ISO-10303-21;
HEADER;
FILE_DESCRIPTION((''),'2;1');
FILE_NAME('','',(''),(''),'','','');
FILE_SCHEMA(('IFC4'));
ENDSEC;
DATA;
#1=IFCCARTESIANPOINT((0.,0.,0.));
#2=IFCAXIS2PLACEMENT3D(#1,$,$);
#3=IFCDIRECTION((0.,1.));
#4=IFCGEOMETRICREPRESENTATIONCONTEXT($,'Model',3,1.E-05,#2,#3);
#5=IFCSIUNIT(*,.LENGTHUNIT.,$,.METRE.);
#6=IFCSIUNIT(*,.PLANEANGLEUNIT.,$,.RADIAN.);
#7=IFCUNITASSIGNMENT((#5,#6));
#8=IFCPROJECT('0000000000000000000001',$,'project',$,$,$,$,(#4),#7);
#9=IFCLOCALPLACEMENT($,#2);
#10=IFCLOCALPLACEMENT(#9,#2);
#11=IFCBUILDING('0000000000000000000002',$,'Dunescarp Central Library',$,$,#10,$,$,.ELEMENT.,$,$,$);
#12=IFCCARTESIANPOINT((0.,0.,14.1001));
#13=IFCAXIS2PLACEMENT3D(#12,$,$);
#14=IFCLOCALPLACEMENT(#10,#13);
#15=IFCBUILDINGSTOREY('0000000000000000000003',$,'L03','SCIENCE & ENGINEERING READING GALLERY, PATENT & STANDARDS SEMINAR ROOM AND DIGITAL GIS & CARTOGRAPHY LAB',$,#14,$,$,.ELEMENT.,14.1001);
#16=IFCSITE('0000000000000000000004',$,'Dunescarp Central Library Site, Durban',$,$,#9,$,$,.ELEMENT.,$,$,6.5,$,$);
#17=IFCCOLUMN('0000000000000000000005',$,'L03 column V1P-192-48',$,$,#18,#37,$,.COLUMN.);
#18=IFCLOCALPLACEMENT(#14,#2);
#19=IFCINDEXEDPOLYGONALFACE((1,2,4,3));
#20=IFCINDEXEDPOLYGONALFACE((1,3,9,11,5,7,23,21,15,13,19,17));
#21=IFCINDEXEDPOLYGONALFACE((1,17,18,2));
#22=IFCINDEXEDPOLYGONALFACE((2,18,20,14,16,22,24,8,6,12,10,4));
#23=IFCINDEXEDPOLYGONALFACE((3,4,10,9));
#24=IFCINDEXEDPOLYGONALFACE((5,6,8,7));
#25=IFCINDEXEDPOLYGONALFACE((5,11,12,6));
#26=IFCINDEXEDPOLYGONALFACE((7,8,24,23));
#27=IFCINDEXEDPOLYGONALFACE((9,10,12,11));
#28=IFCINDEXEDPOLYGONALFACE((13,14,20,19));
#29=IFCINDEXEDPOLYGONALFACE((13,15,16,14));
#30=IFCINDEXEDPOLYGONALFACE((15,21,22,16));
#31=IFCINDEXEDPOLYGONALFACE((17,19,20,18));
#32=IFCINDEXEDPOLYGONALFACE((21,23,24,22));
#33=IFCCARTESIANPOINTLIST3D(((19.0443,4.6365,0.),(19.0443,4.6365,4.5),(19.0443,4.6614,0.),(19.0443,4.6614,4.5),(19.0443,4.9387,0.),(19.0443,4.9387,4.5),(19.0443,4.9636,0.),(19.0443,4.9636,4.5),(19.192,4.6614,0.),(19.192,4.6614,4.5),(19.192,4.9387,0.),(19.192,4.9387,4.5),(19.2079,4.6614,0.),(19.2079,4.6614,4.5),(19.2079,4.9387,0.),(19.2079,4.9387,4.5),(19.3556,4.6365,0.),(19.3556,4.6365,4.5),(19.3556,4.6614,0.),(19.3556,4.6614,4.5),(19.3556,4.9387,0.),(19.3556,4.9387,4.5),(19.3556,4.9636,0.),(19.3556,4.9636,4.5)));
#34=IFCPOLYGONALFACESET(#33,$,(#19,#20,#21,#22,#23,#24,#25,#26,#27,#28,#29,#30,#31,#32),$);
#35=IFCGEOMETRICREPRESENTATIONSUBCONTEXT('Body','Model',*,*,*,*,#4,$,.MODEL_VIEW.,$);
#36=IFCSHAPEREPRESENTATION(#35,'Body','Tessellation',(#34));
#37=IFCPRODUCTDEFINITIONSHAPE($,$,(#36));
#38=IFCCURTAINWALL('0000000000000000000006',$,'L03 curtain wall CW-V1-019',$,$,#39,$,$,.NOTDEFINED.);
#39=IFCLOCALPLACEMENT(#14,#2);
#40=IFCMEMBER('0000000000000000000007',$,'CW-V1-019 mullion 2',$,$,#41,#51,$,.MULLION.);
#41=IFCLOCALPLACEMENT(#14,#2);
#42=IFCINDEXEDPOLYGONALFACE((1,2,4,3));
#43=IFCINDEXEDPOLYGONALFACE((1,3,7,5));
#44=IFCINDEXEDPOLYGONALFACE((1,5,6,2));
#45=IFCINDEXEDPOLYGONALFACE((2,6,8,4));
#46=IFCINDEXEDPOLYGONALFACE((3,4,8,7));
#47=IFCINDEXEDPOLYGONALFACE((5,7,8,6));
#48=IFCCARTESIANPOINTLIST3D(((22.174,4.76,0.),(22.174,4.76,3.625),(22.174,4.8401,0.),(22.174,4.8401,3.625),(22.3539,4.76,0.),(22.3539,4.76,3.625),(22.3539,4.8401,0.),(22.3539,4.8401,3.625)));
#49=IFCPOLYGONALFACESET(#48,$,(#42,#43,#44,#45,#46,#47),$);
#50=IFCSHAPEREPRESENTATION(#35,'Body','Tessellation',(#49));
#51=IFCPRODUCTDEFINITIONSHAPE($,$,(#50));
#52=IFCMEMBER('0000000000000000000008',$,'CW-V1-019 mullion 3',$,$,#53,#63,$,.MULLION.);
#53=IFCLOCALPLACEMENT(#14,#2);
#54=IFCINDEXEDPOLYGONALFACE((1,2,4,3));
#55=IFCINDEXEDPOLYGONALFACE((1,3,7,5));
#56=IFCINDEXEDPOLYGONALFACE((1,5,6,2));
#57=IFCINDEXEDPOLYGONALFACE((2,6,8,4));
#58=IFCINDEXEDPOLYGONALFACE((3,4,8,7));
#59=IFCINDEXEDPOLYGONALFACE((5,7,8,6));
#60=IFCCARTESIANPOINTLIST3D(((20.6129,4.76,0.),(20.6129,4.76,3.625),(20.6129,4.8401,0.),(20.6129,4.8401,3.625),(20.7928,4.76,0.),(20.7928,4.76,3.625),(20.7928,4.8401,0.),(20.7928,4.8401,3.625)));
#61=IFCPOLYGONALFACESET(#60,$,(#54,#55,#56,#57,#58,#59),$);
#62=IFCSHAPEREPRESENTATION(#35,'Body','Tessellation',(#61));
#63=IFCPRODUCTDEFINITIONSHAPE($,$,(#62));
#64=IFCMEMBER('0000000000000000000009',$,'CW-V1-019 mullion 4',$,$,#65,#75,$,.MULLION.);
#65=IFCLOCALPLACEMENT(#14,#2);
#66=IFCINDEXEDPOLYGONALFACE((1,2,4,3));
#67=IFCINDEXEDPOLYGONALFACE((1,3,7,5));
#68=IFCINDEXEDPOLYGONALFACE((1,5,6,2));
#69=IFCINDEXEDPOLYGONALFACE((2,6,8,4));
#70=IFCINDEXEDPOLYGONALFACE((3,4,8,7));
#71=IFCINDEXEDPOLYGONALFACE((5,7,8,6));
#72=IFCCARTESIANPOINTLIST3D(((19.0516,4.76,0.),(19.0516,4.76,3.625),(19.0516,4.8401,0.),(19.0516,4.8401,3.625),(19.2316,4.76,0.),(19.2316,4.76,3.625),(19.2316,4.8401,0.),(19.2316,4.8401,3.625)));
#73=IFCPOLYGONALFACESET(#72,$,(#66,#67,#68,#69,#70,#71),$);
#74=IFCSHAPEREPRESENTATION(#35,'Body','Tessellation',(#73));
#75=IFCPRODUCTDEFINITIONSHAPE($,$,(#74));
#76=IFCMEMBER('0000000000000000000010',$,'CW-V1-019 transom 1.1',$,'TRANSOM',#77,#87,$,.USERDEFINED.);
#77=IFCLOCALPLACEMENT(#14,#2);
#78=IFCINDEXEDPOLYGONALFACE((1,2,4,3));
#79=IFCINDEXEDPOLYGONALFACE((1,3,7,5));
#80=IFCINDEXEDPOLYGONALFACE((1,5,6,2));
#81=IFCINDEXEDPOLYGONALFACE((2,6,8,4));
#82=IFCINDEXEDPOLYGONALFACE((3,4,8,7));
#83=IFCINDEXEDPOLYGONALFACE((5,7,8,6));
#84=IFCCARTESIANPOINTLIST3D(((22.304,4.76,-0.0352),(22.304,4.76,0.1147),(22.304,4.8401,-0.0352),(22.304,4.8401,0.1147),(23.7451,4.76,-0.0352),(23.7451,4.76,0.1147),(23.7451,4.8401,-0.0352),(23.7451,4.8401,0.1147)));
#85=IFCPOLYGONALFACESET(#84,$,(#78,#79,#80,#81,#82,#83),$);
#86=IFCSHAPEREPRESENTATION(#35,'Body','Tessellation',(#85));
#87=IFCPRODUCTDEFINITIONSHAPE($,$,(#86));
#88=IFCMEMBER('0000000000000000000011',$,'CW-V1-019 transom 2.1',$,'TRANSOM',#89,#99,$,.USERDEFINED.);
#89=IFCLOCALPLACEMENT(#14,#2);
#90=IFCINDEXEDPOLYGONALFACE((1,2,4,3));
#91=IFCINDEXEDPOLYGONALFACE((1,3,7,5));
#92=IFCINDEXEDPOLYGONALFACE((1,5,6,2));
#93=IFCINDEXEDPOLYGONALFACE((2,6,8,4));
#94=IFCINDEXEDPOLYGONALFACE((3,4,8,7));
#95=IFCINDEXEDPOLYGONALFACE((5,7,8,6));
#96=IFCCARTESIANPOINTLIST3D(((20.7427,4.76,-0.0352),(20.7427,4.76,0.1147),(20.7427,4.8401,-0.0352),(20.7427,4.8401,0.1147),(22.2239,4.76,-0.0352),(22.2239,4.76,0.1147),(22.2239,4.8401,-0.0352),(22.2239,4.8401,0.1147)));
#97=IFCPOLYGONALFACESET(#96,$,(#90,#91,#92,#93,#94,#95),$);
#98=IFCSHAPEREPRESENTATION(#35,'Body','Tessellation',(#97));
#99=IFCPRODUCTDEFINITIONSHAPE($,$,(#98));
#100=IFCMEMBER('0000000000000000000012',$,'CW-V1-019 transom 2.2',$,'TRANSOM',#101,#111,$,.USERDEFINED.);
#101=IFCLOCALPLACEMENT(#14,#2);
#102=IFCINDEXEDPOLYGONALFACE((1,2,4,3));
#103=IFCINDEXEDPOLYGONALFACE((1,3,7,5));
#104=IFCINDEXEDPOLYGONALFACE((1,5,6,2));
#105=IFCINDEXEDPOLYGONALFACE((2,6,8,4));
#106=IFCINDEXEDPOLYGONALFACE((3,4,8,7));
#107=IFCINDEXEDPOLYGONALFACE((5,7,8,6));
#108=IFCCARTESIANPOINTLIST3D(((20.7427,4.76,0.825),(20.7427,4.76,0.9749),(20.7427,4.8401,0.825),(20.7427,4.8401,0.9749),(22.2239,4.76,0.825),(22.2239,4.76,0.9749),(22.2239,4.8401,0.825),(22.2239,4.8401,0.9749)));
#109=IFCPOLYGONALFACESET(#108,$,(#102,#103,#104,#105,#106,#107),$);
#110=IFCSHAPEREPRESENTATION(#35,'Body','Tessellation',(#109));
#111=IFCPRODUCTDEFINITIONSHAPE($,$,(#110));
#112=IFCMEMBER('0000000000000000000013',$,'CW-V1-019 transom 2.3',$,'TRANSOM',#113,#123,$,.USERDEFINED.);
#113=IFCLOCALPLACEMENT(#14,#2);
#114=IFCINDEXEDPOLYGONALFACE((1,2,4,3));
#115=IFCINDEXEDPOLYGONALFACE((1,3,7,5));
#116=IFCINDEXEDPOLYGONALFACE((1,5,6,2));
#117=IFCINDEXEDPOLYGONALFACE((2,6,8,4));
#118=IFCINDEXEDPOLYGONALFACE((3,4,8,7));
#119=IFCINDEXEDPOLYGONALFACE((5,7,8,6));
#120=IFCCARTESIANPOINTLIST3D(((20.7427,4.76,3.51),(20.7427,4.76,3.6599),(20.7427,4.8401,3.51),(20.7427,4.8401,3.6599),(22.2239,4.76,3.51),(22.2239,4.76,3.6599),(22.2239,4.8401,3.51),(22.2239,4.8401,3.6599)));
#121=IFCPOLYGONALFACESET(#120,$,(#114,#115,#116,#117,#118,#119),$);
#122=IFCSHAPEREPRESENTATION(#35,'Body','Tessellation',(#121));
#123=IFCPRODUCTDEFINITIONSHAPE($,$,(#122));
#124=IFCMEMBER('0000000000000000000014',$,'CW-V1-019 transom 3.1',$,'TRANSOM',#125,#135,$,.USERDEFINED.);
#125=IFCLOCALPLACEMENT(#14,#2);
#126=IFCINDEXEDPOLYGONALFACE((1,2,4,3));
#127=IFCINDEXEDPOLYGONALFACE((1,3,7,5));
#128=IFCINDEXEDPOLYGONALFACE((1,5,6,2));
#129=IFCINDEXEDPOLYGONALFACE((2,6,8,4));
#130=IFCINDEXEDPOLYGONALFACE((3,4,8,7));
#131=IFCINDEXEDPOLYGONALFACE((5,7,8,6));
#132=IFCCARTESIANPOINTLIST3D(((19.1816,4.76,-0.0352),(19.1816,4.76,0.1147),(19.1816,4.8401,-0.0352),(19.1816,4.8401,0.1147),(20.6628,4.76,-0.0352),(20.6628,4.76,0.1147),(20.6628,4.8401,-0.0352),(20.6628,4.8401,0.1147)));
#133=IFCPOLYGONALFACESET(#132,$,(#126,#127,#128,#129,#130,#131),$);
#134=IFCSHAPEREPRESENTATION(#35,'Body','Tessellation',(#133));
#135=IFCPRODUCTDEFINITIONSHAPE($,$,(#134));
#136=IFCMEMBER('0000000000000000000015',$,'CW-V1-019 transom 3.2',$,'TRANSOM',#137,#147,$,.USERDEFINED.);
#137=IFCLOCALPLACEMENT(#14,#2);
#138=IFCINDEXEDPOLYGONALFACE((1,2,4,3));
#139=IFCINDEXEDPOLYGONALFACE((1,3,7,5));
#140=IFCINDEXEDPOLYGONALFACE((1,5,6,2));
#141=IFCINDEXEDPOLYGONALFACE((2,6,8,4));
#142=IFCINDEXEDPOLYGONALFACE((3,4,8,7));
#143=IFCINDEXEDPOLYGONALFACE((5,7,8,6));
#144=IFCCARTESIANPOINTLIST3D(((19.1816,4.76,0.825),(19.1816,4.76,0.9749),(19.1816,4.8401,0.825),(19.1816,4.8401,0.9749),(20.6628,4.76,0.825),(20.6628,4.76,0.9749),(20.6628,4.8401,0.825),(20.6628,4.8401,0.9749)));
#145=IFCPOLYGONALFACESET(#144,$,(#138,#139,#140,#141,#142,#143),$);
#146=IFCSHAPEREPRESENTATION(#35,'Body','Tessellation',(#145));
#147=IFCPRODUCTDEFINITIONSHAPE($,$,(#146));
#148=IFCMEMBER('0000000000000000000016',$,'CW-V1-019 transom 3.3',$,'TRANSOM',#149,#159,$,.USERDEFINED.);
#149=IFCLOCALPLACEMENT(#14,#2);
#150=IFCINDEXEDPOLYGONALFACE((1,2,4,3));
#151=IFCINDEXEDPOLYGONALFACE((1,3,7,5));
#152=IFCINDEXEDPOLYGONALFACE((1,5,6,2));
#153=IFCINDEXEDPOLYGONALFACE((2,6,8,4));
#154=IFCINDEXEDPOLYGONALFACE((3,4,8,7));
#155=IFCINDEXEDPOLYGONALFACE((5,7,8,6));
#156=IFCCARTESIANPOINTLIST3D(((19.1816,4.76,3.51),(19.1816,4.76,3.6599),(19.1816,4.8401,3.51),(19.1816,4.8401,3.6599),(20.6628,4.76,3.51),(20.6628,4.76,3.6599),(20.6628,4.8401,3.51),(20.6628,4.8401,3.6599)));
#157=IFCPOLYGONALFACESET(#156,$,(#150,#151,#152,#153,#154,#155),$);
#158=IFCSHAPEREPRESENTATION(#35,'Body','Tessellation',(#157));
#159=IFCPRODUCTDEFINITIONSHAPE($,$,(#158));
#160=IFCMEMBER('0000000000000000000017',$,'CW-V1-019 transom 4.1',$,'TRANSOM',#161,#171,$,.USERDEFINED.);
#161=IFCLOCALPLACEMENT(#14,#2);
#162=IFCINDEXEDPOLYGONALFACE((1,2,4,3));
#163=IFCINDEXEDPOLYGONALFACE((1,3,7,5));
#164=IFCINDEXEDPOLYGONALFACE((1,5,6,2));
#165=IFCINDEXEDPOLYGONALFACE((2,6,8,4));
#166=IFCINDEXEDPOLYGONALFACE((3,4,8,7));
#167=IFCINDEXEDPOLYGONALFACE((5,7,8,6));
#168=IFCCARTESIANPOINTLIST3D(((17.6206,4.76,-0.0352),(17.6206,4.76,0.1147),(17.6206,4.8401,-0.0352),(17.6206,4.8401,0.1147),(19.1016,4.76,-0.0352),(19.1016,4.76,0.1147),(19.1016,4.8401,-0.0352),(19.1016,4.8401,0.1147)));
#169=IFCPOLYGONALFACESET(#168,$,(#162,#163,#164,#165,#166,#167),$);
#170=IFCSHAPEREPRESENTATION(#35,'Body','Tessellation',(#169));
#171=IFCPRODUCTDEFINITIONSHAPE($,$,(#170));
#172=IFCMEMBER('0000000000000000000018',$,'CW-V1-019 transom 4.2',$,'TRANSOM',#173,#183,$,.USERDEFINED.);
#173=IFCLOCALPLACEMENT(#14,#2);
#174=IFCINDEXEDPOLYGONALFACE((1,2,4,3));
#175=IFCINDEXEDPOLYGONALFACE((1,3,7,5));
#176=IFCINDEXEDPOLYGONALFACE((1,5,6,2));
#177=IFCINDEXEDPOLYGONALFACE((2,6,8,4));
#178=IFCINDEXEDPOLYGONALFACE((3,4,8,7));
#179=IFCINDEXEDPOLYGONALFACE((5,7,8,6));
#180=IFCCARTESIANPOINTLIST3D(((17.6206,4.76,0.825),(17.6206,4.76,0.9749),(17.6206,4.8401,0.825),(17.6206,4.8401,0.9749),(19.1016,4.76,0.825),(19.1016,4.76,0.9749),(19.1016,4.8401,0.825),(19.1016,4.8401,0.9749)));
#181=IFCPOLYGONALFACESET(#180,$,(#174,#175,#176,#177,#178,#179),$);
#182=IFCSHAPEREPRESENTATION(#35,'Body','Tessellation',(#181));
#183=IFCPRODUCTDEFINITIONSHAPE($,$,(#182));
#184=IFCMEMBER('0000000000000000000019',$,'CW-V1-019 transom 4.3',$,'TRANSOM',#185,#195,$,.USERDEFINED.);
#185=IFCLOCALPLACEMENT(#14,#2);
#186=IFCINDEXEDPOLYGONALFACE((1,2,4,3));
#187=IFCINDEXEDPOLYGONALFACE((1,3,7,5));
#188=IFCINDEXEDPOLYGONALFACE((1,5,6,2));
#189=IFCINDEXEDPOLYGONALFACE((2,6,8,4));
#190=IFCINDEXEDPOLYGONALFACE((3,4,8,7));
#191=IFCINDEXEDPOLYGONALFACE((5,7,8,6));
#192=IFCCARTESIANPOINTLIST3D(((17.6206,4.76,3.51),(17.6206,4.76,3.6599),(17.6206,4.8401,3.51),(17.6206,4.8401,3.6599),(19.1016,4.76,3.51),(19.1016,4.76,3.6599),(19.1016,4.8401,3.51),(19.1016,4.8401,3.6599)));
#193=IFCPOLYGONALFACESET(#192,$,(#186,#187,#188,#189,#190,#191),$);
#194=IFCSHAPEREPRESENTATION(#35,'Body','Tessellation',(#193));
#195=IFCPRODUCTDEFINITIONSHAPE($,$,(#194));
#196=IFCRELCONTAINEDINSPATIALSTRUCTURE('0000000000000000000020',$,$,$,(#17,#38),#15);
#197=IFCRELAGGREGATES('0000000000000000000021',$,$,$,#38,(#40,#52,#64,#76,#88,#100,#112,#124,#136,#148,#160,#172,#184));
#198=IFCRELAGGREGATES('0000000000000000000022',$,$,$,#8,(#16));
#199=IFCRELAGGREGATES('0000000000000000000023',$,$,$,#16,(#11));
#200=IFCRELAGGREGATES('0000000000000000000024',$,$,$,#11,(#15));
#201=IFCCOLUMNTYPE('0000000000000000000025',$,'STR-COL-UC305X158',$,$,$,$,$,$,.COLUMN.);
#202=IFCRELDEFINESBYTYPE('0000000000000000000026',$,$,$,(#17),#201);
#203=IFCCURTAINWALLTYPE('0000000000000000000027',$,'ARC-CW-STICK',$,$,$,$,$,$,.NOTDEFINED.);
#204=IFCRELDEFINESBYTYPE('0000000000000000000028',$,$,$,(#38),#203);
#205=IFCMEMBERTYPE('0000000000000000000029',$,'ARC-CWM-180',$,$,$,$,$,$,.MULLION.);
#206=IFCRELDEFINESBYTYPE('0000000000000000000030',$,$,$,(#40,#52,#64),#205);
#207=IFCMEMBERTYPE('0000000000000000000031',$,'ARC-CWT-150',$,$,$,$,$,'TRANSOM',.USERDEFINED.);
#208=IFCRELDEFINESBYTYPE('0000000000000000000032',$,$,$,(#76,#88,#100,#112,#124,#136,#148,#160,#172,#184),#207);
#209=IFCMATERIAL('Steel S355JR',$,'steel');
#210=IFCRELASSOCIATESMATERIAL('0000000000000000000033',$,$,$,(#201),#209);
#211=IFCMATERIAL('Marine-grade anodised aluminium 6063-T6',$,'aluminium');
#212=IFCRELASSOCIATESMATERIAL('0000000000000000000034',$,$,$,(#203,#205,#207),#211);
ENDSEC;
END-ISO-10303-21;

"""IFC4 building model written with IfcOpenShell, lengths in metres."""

from ifc_helpers import new_model, si_unit, direction, frame, origin, origin_2d, place, context, subcontext, project, spatial, rectangle, i_section, extrude, material, material_profile, profile_set, type_object, element, aggregate, save


model = new_model("IFC4")

# Units and contexts
model_context = context("Model", 3, precision=1e-05, world=origin(), true_north=direction((0.0, 1.0)))
body_context = subcontext(model_context, "Body", "Model", "MODEL_VIEW")
ifc_project = project(units=[si_unit("LENGTHUNIT", "METRE"), si_unit("PLANEANGLEUNIT", "RADIAN")], contexts=[model_context])

# Site, building, storey
site_placement = place(None, origin())
site = spatial("IfcSite", under=ifc_project, at=site_placement, Name="Dunescarp Central Library Site, Durban", CompositionType="ELEMENT", RefElevation=6.5)
building_placement = place(site_placement, origin())
building = spatial("IfcBuilding", under=site, at=building_placement, Name="Dunescarp Central Library", CompositionType="ELEMENT")
storey_placement = place(building_placement, frame((0.0, 0.0, 14.1001)))
storey = spatial("IfcBuildingStorey", under=building, at=storey_placement, Name="L03", Description="SCIENCE & ENGINEERING READING GALLERY, PATENT & STANDARDS SEMINAR ROOM AND DIGITAL GIS & CARTOGRAPHY LAB", CompositionType="ELEMENT", Elevation=14.1001)

# Column
ifc_material_1 = material(Name="Steel S355JR", Category="steel")
ifc_material_profile_1 = material_profile(ifc_material_1, i_section(OverallWidth=0.3113, OverallDepth=0.3271, WebThickness=0.0159, FlangeThickness=0.0249, at=origin_2d()), Name="UC 305x305x158")
ifc_profile_set_1 = profile_set([ifc_material_profile_1], Name="Steel S355JR")
column_type = type_object("IfcColumnType", Name="STR-COL-UC305X158", PredefinedType="COLUMN", material=ifc_profile_set_1)
column_placement = place(storey_placement, frame((19.2, 4.8, 0.0), z_axis=(0.0, 0.0, 1.0), x_axis=(1.0, 0.0, 0.0)))
element("IfcColumn", 1, at=column_placement, inside=storey, type_object=column_type, Name="L03 column V1P-192-48", PredefinedType="COLUMN", context=body_context, shape_type="SweptSolid", body=[
    extrude(i_section(OverallWidth=0.3113, OverallDepth=0.3271, WebThickness=0.0159, FlangeThickness=0.0249, at=origin_2d()), origin(), (0.0, 0.0, 1.0), 4.5),
])

# Curtain wall, members
ifc_material_2 = material(Name="Marine-grade anodised aluminium 6063-T6", Category="aluminium")
curtain_wall_type = type_object("IfcCurtainWallType", Name="ARC-CW-STICK", PredefinedType="NOTDEFINED", material=ifc_material_2)
curtain_wall_placement = place(storey_placement, origin())
curtain_wall = element("IfcCurtainWall", 2, at=curtain_wall_placement, inside=storey, type_object=curtain_wall_type, Name="L03 curtain wall CW-V1-019", PredefinedType="NOTDEFINED")
ifc_material_profile_2 = material_profile(ifc_material_2, rectangle(XDim=0.0801, YDim=0.1799, at=origin_2d()), Name="AL 80x180")
ifc_profile_set_2 = profile_set([ifc_material_profile_2], Name="Marine-grade anodised aluminium 6063-T6")
member_type_1 = type_object("IfcMemberType", Name="ARC-CWM-180", PredefinedType="MULLION", material=ifc_profile_set_2)
member_1_placement = place(storey_placement, frame((22.2639, 4.8, 0.0), z_axis=(0.0, 0.0, 1.0), x_axis=(0.0, -1.0, 0.0)))
member_1 = element("IfcMember", 3, at=member_1_placement, type_object=member_type_1, Name="CW-V1-019 mullion 2", PredefinedType="MULLION", context=body_context, shape_type="SweptSolid", body=[
    extrude(rectangle(XDim=0.0801, YDim=0.1799, at=origin_2d()), origin(), (0.0, 0.0, 1.0), 3.625),
])
member_2_placement = place(storey_placement, frame((20.7029, 4.8, 0.0), z_axis=(0.0, 0.0, 1.0), x_axis=(0.0, -1.0, 0.0)))
member_2 = element("IfcMember", 4, at=member_2_placement, type_object=member_type_1, Name="CW-V1-019 mullion 3", PredefinedType="MULLION", context=body_context, shape_type="SweptSolid", body=[
    extrude(rectangle(XDim=0.0801, YDim=0.1799, at=origin_2d()), origin(), (0.0, 0.0, 1.0), 3.625),
])
member_3_placement = place(storey_placement, frame((19.1416, 4.8, 0.0), z_axis=(0.0, 0.0, 1.0), x_axis=(0.0, -1.0, 0.0)))
member_3 = element("IfcMember", 5, at=member_3_placement, type_object=member_type_1, Name="CW-V1-019 mullion 4", PredefinedType="MULLION", context=body_context, shape_type="SweptSolid", body=[
    extrude(rectangle(XDim=0.0801, YDim=0.1799, at=origin_2d()), origin(), (0.0, 0.0, 1.0), 3.625),
])
ifc_material_profile_3 = material_profile(ifc_material_2, rectangle(XDim=0.0801, YDim=0.1499, at=origin_2d()), Name="AL 80x150")
ifc_profile_set_3 = profile_set([ifc_material_profile_3], Name="Marine-grade anodised aluminium 6063-T6")
member_type_2 = type_object("IfcMemberType", Name="ARC-CWT-150", ElementType="TRANSOM", PredefinedType="USERDEFINED", material=ifc_profile_set_3)
member_4_placement = place(storey_placement, frame((23.7451, 4.8, 0.0398), z_axis=(-1.0, 0.0, 0.0), x_axis=(0.0, -1.0, 0.0)))
member_4 = element("IfcMember", 6, at=member_4_placement, type_object=member_type_2, Name="CW-V1-019 transom 1.1", ObjectType="TRANSOM", PredefinedType="USERDEFINED", context=body_context, shape_type="SweptSolid", body=[
    extrude(rectangle(XDim=0.0801, YDim=0.1499, at=origin_2d()), origin(), (0.0, 0.0, 1.0), 1.4412),
])
member_5_placement = place(storey_placement, frame((22.2239, 4.8, 0.0398), z_axis=(-1.0, 0.0, 0.0), x_axis=(0.0, -1.0, 0.0)))
member_5 = element("IfcMember", 7, at=member_5_placement, type_object=member_type_2, Name="CW-V1-019 transom 2.1", ObjectType="TRANSOM", PredefinedType="USERDEFINED", context=body_context, shape_type="SweptSolid", body=[
    extrude(rectangle(XDim=0.0801, YDim=0.1499, at=origin_2d()), origin(), (0.0, 0.0, 1.0), 1.4812),
])
member_6_placement = place(storey_placement, frame((22.2239, 4.8, 0.8999), z_axis=(-1.0, 0.0, 0.0), x_axis=(0.0, -1.0, 0.0)))
member_6 = element("IfcMember", 8, at=member_6_placement, type_object=member_type_2, Name="CW-V1-019 transom 2.2", ObjectType="TRANSOM", PredefinedType="USERDEFINED", context=body_context, shape_type="SweptSolid", body=[
    extrude(rectangle(XDim=0.0801, YDim=0.1499, at=origin_2d()), origin(), (0.0, 0.0, 1.0), 1.4812),
])
member_7_placement = place(storey_placement, frame((22.2239, 4.8, 3.585), z_axis=(-1.0, 0.0, 0.0), x_axis=(0.0, -1.0, 0.0)))
member_7 = element("IfcMember", 9, at=member_7_placement, type_object=member_type_2, Name="CW-V1-019 transom 2.3", ObjectType="TRANSOM", PredefinedType="USERDEFINED", context=body_context, shape_type="SweptSolid", body=[
    extrude(rectangle(XDim=0.0801, YDim=0.1499, at=origin_2d()), origin(), (0.0, 0.0, 1.0), 1.4812),
])
member_8_placement = place(storey_placement, frame((20.6628, 4.8, 0.0398), z_axis=(-1.0, 0.0, 0.0), x_axis=(0.0, -1.0, 0.0)))
member_8 = element("IfcMember", 10, at=member_8_placement, type_object=member_type_2, Name="CW-V1-019 transom 3.1", ObjectType="TRANSOM", PredefinedType="USERDEFINED", context=body_context, shape_type="SweptSolid", body=[
    extrude(rectangle(XDim=0.0801, YDim=0.1499, at=origin_2d()), origin(), (0.0, 0.0, 1.0), 1.4812),
])
member_9_placement = place(storey_placement, frame((20.6628, 4.8, 0.8999), z_axis=(-1.0, 0.0, 0.0), x_axis=(0.0, -1.0, 0.0)))
member_9 = element("IfcMember", 11, at=member_9_placement, type_object=member_type_2, Name="CW-V1-019 transom 3.2", ObjectType="TRANSOM", PredefinedType="USERDEFINED", context=body_context, shape_type="SweptSolid", body=[
    extrude(rectangle(XDim=0.0801, YDim=0.1499, at=origin_2d()), origin(), (0.0, 0.0, 1.0), 1.4812),
])
member_10_placement = place(storey_placement, frame((20.6628, 4.8, 3.585), z_axis=(-1.0, 0.0, 0.0), x_axis=(0.0, -1.0, 0.0)))
member_10 = element("IfcMember", 12, at=member_10_placement, type_object=member_type_2, Name="CW-V1-019 transom 3.3", ObjectType="TRANSOM", PredefinedType="USERDEFINED", context=body_context, shape_type="SweptSolid", body=[
    extrude(rectangle(XDim=0.0801, YDim=0.1499, at=origin_2d()), origin(), (0.0, 0.0, 1.0), 1.4812),
])
member_11_placement = place(storey_placement, frame((19.1016, 4.8, 0.0398), z_axis=(-1.0, 0.0, 0.0), x_axis=(0.0, -1.0, 0.0)))
member_11 = element("IfcMember", 13, at=member_11_placement, type_object=member_type_2, Name="CW-V1-019 transom 4.1", ObjectType="TRANSOM", PredefinedType="USERDEFINED", context=body_context, shape_type="SweptSolid", body=[
    extrude(rectangle(XDim=0.0801, YDim=0.1499, at=origin_2d()), origin(), (0.0, 0.0, 1.0), 1.481),
])
member_12_placement = place(storey_placement, frame((19.1016, 4.8, 0.8999), z_axis=(-1.0, 0.0, 0.0), x_axis=(0.0, -1.0, 0.0)))
member_12 = element("IfcMember", 14, at=member_12_placement, type_object=member_type_2, Name="CW-V1-019 transom 4.2", ObjectType="TRANSOM", PredefinedType="USERDEFINED", context=body_context, shape_type="SweptSolid", body=[
    extrude(rectangle(XDim=0.0801, YDim=0.1499, at=origin_2d()), origin(), (0.0, 0.0, 1.0), 1.481),
])
member_13_placement = place(storey_placement, frame((19.1016, 4.8, 3.585), z_axis=(-1.0, 0.0, 0.0), x_axis=(0.0, -1.0, 0.0)))
member_13 = element("IfcMember", 15, at=member_13_placement, type_object=member_type_2, Name="CW-V1-019 transom 4.3", ObjectType="TRANSOM", PredefinedType="USERDEFINED", context=body_context, shape_type="SweptSolid", body=[
    extrude(rectangle(XDim=0.0801, YDim=0.1499, at=origin_2d()), origin(), (0.0, 0.0, 1.0), 1.481),
])
aggregate(curtain_wall, [member_1, member_2, member_3, member_4, member_5, member_6, member_7, member_8, member_9, member_10, member_11, member_12, member_13])

save(model, "model.ifc")
